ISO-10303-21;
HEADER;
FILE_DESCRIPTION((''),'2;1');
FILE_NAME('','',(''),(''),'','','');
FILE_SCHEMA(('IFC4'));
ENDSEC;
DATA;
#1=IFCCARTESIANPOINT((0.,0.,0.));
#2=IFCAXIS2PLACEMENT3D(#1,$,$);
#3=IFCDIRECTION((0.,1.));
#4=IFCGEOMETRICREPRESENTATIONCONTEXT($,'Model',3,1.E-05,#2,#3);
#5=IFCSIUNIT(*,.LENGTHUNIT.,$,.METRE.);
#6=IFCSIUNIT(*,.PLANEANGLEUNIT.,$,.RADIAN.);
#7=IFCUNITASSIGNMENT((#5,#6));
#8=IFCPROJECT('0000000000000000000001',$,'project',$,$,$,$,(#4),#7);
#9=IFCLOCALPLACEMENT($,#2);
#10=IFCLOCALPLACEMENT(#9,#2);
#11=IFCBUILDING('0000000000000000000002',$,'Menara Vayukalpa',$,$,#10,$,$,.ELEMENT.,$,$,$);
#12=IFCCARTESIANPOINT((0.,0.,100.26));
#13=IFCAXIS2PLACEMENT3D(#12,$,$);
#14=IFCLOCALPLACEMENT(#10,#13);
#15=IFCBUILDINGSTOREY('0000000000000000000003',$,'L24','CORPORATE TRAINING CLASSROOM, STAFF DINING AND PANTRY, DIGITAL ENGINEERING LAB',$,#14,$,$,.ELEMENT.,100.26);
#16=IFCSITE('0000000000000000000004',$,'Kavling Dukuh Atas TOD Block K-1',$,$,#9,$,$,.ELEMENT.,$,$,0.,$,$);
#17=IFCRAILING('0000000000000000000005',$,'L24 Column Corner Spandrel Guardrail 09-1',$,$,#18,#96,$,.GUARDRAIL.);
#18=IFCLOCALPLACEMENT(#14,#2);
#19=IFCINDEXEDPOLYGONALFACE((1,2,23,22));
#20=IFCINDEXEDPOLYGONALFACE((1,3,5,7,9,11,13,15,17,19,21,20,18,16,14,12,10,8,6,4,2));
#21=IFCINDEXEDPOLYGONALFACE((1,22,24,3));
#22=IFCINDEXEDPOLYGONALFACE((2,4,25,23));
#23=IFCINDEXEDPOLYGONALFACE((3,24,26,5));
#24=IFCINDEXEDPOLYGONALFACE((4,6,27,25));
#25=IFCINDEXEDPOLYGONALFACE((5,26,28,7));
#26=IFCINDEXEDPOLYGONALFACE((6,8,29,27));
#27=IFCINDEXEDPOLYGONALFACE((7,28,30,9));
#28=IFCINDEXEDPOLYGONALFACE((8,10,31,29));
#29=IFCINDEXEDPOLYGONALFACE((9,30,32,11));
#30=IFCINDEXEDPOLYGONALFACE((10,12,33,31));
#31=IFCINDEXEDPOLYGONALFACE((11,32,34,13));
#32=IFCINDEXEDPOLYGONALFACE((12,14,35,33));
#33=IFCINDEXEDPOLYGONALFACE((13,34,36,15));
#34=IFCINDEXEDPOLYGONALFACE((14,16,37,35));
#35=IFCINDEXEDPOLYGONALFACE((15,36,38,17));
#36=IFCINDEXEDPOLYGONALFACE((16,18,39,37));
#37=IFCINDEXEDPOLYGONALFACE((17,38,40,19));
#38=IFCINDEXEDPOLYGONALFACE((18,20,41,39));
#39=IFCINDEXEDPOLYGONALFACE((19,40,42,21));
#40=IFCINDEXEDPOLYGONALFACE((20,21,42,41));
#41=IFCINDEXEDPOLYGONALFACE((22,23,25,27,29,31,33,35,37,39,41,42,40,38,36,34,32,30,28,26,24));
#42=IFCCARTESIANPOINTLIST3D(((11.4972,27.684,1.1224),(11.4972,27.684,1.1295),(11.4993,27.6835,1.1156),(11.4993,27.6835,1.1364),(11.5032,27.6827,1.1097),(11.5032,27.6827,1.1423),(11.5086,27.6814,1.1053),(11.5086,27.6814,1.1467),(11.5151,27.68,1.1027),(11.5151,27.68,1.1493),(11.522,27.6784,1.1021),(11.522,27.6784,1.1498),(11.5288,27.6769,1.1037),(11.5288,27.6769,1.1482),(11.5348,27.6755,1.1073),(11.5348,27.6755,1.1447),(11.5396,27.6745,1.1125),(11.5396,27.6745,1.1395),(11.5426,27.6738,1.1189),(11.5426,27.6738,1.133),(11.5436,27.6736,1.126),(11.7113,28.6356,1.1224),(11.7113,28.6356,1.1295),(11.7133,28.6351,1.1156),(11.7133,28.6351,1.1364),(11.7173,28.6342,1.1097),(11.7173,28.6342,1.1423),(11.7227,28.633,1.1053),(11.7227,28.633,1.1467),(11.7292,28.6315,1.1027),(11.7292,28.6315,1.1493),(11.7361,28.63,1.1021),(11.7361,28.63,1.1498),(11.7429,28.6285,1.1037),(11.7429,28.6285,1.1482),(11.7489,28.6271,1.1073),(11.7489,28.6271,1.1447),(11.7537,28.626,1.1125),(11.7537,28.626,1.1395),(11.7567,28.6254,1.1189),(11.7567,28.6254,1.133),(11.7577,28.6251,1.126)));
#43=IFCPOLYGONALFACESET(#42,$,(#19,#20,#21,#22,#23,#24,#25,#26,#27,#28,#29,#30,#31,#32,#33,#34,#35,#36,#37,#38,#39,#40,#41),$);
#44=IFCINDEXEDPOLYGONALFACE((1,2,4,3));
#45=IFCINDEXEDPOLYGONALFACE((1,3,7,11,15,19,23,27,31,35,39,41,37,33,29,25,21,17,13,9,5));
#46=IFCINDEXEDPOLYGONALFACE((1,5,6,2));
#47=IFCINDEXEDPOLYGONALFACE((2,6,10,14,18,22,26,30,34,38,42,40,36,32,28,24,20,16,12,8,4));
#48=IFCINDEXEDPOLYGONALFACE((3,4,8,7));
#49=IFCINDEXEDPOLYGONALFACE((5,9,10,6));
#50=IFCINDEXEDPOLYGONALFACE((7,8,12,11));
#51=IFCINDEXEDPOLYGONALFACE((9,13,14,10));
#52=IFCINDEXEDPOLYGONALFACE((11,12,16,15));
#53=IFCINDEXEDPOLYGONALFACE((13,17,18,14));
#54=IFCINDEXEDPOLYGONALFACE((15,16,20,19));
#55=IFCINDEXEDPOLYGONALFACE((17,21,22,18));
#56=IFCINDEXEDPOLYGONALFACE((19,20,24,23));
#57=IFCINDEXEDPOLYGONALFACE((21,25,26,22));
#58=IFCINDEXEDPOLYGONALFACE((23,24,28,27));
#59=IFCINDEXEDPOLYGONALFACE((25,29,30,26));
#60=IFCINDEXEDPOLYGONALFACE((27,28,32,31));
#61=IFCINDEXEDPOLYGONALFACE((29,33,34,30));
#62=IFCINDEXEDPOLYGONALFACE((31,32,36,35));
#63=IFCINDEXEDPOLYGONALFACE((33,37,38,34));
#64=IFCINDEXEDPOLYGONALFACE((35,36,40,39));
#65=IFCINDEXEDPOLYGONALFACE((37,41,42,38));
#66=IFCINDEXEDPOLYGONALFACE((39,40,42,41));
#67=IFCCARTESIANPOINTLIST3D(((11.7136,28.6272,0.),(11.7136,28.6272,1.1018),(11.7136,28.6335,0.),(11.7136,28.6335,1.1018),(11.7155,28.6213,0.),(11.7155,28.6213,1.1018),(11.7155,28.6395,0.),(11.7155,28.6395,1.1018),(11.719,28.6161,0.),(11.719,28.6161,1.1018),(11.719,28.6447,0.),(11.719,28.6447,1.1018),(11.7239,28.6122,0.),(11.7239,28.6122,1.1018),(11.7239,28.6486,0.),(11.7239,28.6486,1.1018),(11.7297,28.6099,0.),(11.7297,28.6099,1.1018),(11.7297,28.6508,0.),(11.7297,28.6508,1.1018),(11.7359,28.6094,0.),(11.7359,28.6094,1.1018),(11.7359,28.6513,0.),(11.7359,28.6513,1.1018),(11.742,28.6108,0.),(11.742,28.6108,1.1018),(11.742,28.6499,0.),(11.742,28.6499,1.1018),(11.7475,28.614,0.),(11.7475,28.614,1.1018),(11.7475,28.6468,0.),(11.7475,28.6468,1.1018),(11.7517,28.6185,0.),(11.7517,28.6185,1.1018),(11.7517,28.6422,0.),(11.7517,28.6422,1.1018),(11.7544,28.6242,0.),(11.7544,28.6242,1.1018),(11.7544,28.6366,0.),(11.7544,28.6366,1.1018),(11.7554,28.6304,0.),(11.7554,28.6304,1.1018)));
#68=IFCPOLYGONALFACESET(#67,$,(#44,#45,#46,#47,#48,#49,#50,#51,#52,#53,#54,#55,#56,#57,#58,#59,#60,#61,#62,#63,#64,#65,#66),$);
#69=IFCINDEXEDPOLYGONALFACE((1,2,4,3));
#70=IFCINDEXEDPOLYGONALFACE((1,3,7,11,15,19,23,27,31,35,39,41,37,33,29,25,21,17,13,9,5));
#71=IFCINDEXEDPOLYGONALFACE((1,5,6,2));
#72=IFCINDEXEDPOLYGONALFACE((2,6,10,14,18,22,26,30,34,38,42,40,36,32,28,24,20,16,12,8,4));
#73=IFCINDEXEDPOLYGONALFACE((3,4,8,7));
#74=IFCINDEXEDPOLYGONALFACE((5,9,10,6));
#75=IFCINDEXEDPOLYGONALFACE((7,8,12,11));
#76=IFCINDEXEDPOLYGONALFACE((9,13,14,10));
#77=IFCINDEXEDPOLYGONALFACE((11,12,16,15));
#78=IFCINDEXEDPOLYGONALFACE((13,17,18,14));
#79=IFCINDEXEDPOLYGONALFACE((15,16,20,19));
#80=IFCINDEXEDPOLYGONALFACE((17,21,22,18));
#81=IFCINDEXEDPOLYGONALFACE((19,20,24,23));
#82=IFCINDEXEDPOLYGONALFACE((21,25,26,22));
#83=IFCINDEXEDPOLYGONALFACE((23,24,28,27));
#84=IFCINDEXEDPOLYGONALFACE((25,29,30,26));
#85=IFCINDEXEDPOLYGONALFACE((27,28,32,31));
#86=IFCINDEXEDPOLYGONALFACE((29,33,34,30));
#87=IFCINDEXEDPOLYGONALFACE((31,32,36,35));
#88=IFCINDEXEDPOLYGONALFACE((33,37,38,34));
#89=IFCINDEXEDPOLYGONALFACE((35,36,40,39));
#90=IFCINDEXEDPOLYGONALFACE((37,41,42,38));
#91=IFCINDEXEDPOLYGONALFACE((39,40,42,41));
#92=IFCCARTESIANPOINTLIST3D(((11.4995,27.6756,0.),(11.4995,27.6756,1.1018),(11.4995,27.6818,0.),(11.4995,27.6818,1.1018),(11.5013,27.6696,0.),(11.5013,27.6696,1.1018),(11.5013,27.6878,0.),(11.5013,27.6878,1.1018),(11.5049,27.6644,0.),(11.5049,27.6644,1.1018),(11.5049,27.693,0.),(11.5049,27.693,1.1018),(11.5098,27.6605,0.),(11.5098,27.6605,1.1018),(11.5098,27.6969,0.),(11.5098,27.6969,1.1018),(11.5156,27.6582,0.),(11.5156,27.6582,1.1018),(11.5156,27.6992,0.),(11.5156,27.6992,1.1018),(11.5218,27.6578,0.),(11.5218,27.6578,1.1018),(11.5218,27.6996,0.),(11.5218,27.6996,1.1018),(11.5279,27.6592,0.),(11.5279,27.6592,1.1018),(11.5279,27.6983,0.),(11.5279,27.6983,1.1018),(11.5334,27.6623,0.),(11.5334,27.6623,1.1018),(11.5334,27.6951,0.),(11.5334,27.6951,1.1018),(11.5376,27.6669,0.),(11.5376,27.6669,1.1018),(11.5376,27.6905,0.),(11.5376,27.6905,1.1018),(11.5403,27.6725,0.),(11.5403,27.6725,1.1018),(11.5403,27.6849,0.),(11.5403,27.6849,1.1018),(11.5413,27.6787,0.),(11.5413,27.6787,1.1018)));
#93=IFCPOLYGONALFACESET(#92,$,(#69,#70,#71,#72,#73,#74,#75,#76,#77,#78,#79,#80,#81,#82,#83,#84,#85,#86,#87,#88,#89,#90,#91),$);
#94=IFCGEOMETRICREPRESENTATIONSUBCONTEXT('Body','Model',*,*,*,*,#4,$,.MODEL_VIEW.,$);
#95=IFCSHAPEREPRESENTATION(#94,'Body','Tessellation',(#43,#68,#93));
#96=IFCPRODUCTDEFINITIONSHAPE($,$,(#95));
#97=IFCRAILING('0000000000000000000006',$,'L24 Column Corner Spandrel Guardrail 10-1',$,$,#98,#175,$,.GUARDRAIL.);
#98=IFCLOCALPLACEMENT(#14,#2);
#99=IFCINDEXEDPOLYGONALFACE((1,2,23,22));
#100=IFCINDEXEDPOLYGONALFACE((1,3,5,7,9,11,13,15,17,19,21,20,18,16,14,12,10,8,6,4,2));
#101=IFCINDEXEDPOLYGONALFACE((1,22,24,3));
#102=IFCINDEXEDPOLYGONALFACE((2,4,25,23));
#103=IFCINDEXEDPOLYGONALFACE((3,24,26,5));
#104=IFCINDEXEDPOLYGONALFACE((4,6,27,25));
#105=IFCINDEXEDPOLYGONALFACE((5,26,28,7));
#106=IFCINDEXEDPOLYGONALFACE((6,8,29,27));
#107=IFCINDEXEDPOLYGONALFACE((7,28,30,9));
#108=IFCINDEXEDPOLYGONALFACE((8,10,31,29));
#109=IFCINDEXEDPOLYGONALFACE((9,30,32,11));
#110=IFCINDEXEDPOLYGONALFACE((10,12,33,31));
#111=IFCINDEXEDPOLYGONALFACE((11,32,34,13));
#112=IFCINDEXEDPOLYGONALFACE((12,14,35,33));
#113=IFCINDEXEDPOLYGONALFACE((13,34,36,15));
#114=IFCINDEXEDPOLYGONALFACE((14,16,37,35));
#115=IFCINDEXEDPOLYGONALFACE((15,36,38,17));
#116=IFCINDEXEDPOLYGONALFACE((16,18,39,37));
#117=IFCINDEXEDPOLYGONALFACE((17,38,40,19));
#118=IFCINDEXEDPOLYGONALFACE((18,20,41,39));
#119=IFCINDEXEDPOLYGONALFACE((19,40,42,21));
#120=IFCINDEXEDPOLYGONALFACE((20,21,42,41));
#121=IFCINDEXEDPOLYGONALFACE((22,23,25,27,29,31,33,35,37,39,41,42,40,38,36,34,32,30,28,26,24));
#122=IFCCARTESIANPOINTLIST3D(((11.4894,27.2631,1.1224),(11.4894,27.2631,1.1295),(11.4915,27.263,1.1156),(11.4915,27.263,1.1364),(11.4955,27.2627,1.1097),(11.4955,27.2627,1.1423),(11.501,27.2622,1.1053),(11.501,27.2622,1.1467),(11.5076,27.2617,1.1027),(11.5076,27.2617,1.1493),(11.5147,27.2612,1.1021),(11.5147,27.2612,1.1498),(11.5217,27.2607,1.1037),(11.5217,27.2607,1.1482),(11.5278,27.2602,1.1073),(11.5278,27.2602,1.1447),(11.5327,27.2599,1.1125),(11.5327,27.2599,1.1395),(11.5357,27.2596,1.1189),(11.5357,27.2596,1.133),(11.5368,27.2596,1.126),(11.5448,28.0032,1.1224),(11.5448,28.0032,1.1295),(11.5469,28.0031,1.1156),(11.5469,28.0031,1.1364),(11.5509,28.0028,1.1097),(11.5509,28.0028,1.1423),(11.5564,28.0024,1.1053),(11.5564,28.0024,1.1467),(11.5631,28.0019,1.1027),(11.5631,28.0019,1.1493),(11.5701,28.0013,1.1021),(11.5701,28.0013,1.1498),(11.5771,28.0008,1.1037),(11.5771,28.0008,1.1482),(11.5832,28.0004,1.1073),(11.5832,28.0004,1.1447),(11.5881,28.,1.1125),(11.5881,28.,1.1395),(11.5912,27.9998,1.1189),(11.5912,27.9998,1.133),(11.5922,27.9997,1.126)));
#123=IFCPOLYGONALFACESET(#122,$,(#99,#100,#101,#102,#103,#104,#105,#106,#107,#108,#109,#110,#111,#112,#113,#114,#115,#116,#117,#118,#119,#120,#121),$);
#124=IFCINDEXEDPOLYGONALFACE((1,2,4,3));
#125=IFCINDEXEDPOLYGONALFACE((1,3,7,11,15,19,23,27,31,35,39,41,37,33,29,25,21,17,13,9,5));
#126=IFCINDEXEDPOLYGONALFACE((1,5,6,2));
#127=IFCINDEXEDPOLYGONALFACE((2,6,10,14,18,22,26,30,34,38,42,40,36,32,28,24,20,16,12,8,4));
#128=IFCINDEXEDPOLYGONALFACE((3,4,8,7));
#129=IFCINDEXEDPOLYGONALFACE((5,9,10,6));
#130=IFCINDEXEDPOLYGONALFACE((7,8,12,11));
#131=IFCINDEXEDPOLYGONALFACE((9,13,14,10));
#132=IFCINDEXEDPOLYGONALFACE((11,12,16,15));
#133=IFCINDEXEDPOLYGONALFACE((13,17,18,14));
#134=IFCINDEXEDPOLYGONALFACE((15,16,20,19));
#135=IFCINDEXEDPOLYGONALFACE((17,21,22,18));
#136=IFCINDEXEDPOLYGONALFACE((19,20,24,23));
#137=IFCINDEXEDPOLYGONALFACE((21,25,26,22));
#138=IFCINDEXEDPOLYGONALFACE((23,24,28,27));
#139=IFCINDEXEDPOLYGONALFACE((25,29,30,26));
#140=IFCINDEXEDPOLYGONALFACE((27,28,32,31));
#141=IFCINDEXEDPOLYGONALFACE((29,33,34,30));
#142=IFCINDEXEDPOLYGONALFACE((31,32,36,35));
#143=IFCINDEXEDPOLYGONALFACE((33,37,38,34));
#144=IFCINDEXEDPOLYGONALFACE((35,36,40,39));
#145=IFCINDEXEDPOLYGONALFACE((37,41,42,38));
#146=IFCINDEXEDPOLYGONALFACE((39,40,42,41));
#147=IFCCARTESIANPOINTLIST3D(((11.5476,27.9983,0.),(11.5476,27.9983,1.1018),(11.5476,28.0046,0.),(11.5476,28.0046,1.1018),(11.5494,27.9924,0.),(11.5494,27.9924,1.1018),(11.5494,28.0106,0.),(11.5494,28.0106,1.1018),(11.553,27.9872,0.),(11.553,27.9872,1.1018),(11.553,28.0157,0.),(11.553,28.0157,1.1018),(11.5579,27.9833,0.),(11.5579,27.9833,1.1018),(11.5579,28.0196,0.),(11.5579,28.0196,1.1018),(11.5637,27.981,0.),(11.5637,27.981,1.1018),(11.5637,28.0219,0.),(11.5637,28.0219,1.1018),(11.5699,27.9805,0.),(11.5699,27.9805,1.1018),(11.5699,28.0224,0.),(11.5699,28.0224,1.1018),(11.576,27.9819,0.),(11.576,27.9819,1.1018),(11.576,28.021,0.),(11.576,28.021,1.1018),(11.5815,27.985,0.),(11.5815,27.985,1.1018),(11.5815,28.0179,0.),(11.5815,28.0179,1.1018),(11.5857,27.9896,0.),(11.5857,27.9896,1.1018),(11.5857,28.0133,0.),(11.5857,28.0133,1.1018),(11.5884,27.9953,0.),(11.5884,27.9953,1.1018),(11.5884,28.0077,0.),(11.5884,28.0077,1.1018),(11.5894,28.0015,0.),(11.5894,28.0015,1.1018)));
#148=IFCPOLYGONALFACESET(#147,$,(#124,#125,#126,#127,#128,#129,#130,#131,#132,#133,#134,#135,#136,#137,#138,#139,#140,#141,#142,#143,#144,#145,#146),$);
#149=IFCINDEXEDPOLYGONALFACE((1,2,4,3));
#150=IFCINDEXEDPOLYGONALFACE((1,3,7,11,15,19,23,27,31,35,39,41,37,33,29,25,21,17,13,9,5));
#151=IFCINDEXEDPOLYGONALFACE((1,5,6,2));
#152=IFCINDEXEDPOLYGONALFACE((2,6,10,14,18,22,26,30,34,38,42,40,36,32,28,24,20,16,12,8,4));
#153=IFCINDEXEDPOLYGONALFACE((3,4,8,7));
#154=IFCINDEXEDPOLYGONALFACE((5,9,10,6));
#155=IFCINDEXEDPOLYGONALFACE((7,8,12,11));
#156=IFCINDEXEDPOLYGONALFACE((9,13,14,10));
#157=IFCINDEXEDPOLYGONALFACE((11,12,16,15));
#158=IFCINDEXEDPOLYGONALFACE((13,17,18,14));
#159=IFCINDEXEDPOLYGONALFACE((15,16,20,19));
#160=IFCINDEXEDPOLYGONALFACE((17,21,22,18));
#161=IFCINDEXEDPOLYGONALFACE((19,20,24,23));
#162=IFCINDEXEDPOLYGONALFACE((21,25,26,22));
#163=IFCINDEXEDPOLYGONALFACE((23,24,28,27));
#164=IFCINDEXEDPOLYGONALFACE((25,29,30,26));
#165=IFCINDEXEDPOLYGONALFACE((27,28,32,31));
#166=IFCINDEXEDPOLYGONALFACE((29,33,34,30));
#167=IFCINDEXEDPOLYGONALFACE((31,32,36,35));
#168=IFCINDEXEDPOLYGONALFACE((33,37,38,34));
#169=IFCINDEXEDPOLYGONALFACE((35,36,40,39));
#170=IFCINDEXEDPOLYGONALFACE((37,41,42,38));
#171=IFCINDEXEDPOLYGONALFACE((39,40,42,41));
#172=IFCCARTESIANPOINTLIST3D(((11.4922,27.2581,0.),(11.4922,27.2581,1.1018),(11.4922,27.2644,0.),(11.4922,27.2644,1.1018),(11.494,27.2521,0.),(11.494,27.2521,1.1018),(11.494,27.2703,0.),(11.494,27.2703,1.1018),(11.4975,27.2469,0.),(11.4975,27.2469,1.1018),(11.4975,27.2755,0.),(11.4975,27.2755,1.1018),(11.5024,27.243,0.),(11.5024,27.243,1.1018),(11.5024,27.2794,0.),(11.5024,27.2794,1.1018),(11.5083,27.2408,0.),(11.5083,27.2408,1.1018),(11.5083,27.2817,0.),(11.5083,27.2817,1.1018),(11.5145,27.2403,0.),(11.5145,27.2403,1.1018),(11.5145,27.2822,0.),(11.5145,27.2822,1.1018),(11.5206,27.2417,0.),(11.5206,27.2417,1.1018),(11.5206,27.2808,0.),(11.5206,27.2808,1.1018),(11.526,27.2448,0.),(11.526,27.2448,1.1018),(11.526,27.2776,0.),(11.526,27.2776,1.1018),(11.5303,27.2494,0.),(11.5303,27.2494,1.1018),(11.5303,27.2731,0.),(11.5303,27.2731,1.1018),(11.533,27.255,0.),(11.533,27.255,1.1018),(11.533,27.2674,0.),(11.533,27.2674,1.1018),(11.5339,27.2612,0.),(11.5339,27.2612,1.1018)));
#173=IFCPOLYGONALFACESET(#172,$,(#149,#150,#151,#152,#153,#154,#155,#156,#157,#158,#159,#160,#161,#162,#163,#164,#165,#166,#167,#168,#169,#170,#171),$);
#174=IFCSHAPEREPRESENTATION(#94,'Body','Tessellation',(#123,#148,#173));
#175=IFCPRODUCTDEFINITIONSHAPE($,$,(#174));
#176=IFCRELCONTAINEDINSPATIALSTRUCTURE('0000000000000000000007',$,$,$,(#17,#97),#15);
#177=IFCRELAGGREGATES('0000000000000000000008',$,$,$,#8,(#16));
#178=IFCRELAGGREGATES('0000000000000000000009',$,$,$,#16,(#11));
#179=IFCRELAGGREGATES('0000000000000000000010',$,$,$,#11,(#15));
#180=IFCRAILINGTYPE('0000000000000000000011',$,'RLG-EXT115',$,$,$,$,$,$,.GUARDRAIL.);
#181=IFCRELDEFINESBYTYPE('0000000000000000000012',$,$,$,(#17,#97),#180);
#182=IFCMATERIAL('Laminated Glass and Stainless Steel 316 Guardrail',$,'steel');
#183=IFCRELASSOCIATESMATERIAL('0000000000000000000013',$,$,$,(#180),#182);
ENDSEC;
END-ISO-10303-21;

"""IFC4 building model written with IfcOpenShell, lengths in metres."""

from ifc_helpers import new_model, si_unit, direction, frame, origin, origin_2d, place, context, subcontext, project, spatial, circle, extrude, material, type_object, element, save


model = new_model("IFC4")

# Units and contexts
model_context = context("Model", 3, precision=1e-05, world=origin(), true_north=direction((0.0, 1.0)))
body_context = subcontext(model_context, "Body", "Model", "MODEL_VIEW")
ifc_project = project(units=[si_unit("LENGTHUNIT", "METRE"), si_unit("PLANEANGLEUNIT", "RADIAN")], contexts=[model_context])

# Site, building, storey
site_placement = place(None, origin())
site = spatial("IfcSite", under=ifc_project, at=site_placement, Name="Kavling Dukuh Atas TOD Block K-1", CompositionType="ELEMENT", RefElevation=0.0)
building_placement = place(site_placement, origin())
building = spatial("IfcBuilding", under=site, at=building_placement, Name="Menara Vayukalpa", CompositionType="ELEMENT")
storey_placement = place(building_placement, frame((0.0, 0.0, 100.26)))
storey = spatial("IfcBuildingStorey", under=building, at=storey_placement, Name="L24", Description="CORPORATE TRAINING CLASSROOM, STAFF DINING AND PANTRY, DIGITAL ENGINEERING LAB", CompositionType="ELEMENT", Elevation=100.26)

# Railings
ifc_material_1 = material(Name="Laminated Glass and Stainless Steel 316 Guardrail", Category="steel")
railing_type = type_object("IfcRailingType", Name="RLG-EXT115", PredefinedType="GUARDRAIL", material=ifc_material_1)
railing_1_placement = place(storey_placement, frame((11.7344, 28.6304, 0.0)))
element("IfcRailing", 1, at=railing_1_placement, inside=storey, type_object=railing_type, Name="L24 Column Corner Spandrel Guardrail 09-1", PredefinedType="GUARDRAIL", context=body_context, shape_type="SweptSolid", body=[
    extrude(circle(Radius=0.0239, at=origin_2d()), frame((0.0, 0.0, 1.126), z_axis=(-0.2195, -0.975612, 0.0), x_axis=(0.975612, -0.2195, 0.0)), (0.0, 0.0, 1.0), 0.9753),
    extrude(circle(Radius=0.021, at=origin_2d()), origin(), (0.0, 0.0, 1.0), 1.1018),
    extrude(circle(Radius=0.021, at=origin_2d()), frame((-0.2141, -0.9517, 0.0)), (0.0, 0.0, 1.0), 1.1018),
])
railing_2_placement = place(storey_placement, frame((11.5684, 28.0015, 0.0)))
element("IfcRailing", 2, at=railing_2_placement, inside=storey, type_object=railing_type, Name="L24 Column Corner Spandrel Guardrail 10-1", PredefinedType="GUARDRAIL", context=body_context, shape_type="SweptSolid", body=[
    extrude(circle(Radius=0.0239, at=origin_2d()), frame((0.0, 0.0, 1.126), z_axis=(-0.074659, -0.997209, 0.0), x_axis=(0.997209, -0.074659, 0.0)), (0.0, 0.0, 1.0), 0.7422),
    extrude(circle(Radius=0.021, at=origin_2d()), origin(), (0.0, 0.0, 1.0), 1.1018),
    extrude(circle(Radius=0.021, at=origin_2d()), frame((-0.0554, -0.7402, 0.0)), (0.0, 0.0, 1.0), 1.1018),
])

save(model, "model.ifc")
